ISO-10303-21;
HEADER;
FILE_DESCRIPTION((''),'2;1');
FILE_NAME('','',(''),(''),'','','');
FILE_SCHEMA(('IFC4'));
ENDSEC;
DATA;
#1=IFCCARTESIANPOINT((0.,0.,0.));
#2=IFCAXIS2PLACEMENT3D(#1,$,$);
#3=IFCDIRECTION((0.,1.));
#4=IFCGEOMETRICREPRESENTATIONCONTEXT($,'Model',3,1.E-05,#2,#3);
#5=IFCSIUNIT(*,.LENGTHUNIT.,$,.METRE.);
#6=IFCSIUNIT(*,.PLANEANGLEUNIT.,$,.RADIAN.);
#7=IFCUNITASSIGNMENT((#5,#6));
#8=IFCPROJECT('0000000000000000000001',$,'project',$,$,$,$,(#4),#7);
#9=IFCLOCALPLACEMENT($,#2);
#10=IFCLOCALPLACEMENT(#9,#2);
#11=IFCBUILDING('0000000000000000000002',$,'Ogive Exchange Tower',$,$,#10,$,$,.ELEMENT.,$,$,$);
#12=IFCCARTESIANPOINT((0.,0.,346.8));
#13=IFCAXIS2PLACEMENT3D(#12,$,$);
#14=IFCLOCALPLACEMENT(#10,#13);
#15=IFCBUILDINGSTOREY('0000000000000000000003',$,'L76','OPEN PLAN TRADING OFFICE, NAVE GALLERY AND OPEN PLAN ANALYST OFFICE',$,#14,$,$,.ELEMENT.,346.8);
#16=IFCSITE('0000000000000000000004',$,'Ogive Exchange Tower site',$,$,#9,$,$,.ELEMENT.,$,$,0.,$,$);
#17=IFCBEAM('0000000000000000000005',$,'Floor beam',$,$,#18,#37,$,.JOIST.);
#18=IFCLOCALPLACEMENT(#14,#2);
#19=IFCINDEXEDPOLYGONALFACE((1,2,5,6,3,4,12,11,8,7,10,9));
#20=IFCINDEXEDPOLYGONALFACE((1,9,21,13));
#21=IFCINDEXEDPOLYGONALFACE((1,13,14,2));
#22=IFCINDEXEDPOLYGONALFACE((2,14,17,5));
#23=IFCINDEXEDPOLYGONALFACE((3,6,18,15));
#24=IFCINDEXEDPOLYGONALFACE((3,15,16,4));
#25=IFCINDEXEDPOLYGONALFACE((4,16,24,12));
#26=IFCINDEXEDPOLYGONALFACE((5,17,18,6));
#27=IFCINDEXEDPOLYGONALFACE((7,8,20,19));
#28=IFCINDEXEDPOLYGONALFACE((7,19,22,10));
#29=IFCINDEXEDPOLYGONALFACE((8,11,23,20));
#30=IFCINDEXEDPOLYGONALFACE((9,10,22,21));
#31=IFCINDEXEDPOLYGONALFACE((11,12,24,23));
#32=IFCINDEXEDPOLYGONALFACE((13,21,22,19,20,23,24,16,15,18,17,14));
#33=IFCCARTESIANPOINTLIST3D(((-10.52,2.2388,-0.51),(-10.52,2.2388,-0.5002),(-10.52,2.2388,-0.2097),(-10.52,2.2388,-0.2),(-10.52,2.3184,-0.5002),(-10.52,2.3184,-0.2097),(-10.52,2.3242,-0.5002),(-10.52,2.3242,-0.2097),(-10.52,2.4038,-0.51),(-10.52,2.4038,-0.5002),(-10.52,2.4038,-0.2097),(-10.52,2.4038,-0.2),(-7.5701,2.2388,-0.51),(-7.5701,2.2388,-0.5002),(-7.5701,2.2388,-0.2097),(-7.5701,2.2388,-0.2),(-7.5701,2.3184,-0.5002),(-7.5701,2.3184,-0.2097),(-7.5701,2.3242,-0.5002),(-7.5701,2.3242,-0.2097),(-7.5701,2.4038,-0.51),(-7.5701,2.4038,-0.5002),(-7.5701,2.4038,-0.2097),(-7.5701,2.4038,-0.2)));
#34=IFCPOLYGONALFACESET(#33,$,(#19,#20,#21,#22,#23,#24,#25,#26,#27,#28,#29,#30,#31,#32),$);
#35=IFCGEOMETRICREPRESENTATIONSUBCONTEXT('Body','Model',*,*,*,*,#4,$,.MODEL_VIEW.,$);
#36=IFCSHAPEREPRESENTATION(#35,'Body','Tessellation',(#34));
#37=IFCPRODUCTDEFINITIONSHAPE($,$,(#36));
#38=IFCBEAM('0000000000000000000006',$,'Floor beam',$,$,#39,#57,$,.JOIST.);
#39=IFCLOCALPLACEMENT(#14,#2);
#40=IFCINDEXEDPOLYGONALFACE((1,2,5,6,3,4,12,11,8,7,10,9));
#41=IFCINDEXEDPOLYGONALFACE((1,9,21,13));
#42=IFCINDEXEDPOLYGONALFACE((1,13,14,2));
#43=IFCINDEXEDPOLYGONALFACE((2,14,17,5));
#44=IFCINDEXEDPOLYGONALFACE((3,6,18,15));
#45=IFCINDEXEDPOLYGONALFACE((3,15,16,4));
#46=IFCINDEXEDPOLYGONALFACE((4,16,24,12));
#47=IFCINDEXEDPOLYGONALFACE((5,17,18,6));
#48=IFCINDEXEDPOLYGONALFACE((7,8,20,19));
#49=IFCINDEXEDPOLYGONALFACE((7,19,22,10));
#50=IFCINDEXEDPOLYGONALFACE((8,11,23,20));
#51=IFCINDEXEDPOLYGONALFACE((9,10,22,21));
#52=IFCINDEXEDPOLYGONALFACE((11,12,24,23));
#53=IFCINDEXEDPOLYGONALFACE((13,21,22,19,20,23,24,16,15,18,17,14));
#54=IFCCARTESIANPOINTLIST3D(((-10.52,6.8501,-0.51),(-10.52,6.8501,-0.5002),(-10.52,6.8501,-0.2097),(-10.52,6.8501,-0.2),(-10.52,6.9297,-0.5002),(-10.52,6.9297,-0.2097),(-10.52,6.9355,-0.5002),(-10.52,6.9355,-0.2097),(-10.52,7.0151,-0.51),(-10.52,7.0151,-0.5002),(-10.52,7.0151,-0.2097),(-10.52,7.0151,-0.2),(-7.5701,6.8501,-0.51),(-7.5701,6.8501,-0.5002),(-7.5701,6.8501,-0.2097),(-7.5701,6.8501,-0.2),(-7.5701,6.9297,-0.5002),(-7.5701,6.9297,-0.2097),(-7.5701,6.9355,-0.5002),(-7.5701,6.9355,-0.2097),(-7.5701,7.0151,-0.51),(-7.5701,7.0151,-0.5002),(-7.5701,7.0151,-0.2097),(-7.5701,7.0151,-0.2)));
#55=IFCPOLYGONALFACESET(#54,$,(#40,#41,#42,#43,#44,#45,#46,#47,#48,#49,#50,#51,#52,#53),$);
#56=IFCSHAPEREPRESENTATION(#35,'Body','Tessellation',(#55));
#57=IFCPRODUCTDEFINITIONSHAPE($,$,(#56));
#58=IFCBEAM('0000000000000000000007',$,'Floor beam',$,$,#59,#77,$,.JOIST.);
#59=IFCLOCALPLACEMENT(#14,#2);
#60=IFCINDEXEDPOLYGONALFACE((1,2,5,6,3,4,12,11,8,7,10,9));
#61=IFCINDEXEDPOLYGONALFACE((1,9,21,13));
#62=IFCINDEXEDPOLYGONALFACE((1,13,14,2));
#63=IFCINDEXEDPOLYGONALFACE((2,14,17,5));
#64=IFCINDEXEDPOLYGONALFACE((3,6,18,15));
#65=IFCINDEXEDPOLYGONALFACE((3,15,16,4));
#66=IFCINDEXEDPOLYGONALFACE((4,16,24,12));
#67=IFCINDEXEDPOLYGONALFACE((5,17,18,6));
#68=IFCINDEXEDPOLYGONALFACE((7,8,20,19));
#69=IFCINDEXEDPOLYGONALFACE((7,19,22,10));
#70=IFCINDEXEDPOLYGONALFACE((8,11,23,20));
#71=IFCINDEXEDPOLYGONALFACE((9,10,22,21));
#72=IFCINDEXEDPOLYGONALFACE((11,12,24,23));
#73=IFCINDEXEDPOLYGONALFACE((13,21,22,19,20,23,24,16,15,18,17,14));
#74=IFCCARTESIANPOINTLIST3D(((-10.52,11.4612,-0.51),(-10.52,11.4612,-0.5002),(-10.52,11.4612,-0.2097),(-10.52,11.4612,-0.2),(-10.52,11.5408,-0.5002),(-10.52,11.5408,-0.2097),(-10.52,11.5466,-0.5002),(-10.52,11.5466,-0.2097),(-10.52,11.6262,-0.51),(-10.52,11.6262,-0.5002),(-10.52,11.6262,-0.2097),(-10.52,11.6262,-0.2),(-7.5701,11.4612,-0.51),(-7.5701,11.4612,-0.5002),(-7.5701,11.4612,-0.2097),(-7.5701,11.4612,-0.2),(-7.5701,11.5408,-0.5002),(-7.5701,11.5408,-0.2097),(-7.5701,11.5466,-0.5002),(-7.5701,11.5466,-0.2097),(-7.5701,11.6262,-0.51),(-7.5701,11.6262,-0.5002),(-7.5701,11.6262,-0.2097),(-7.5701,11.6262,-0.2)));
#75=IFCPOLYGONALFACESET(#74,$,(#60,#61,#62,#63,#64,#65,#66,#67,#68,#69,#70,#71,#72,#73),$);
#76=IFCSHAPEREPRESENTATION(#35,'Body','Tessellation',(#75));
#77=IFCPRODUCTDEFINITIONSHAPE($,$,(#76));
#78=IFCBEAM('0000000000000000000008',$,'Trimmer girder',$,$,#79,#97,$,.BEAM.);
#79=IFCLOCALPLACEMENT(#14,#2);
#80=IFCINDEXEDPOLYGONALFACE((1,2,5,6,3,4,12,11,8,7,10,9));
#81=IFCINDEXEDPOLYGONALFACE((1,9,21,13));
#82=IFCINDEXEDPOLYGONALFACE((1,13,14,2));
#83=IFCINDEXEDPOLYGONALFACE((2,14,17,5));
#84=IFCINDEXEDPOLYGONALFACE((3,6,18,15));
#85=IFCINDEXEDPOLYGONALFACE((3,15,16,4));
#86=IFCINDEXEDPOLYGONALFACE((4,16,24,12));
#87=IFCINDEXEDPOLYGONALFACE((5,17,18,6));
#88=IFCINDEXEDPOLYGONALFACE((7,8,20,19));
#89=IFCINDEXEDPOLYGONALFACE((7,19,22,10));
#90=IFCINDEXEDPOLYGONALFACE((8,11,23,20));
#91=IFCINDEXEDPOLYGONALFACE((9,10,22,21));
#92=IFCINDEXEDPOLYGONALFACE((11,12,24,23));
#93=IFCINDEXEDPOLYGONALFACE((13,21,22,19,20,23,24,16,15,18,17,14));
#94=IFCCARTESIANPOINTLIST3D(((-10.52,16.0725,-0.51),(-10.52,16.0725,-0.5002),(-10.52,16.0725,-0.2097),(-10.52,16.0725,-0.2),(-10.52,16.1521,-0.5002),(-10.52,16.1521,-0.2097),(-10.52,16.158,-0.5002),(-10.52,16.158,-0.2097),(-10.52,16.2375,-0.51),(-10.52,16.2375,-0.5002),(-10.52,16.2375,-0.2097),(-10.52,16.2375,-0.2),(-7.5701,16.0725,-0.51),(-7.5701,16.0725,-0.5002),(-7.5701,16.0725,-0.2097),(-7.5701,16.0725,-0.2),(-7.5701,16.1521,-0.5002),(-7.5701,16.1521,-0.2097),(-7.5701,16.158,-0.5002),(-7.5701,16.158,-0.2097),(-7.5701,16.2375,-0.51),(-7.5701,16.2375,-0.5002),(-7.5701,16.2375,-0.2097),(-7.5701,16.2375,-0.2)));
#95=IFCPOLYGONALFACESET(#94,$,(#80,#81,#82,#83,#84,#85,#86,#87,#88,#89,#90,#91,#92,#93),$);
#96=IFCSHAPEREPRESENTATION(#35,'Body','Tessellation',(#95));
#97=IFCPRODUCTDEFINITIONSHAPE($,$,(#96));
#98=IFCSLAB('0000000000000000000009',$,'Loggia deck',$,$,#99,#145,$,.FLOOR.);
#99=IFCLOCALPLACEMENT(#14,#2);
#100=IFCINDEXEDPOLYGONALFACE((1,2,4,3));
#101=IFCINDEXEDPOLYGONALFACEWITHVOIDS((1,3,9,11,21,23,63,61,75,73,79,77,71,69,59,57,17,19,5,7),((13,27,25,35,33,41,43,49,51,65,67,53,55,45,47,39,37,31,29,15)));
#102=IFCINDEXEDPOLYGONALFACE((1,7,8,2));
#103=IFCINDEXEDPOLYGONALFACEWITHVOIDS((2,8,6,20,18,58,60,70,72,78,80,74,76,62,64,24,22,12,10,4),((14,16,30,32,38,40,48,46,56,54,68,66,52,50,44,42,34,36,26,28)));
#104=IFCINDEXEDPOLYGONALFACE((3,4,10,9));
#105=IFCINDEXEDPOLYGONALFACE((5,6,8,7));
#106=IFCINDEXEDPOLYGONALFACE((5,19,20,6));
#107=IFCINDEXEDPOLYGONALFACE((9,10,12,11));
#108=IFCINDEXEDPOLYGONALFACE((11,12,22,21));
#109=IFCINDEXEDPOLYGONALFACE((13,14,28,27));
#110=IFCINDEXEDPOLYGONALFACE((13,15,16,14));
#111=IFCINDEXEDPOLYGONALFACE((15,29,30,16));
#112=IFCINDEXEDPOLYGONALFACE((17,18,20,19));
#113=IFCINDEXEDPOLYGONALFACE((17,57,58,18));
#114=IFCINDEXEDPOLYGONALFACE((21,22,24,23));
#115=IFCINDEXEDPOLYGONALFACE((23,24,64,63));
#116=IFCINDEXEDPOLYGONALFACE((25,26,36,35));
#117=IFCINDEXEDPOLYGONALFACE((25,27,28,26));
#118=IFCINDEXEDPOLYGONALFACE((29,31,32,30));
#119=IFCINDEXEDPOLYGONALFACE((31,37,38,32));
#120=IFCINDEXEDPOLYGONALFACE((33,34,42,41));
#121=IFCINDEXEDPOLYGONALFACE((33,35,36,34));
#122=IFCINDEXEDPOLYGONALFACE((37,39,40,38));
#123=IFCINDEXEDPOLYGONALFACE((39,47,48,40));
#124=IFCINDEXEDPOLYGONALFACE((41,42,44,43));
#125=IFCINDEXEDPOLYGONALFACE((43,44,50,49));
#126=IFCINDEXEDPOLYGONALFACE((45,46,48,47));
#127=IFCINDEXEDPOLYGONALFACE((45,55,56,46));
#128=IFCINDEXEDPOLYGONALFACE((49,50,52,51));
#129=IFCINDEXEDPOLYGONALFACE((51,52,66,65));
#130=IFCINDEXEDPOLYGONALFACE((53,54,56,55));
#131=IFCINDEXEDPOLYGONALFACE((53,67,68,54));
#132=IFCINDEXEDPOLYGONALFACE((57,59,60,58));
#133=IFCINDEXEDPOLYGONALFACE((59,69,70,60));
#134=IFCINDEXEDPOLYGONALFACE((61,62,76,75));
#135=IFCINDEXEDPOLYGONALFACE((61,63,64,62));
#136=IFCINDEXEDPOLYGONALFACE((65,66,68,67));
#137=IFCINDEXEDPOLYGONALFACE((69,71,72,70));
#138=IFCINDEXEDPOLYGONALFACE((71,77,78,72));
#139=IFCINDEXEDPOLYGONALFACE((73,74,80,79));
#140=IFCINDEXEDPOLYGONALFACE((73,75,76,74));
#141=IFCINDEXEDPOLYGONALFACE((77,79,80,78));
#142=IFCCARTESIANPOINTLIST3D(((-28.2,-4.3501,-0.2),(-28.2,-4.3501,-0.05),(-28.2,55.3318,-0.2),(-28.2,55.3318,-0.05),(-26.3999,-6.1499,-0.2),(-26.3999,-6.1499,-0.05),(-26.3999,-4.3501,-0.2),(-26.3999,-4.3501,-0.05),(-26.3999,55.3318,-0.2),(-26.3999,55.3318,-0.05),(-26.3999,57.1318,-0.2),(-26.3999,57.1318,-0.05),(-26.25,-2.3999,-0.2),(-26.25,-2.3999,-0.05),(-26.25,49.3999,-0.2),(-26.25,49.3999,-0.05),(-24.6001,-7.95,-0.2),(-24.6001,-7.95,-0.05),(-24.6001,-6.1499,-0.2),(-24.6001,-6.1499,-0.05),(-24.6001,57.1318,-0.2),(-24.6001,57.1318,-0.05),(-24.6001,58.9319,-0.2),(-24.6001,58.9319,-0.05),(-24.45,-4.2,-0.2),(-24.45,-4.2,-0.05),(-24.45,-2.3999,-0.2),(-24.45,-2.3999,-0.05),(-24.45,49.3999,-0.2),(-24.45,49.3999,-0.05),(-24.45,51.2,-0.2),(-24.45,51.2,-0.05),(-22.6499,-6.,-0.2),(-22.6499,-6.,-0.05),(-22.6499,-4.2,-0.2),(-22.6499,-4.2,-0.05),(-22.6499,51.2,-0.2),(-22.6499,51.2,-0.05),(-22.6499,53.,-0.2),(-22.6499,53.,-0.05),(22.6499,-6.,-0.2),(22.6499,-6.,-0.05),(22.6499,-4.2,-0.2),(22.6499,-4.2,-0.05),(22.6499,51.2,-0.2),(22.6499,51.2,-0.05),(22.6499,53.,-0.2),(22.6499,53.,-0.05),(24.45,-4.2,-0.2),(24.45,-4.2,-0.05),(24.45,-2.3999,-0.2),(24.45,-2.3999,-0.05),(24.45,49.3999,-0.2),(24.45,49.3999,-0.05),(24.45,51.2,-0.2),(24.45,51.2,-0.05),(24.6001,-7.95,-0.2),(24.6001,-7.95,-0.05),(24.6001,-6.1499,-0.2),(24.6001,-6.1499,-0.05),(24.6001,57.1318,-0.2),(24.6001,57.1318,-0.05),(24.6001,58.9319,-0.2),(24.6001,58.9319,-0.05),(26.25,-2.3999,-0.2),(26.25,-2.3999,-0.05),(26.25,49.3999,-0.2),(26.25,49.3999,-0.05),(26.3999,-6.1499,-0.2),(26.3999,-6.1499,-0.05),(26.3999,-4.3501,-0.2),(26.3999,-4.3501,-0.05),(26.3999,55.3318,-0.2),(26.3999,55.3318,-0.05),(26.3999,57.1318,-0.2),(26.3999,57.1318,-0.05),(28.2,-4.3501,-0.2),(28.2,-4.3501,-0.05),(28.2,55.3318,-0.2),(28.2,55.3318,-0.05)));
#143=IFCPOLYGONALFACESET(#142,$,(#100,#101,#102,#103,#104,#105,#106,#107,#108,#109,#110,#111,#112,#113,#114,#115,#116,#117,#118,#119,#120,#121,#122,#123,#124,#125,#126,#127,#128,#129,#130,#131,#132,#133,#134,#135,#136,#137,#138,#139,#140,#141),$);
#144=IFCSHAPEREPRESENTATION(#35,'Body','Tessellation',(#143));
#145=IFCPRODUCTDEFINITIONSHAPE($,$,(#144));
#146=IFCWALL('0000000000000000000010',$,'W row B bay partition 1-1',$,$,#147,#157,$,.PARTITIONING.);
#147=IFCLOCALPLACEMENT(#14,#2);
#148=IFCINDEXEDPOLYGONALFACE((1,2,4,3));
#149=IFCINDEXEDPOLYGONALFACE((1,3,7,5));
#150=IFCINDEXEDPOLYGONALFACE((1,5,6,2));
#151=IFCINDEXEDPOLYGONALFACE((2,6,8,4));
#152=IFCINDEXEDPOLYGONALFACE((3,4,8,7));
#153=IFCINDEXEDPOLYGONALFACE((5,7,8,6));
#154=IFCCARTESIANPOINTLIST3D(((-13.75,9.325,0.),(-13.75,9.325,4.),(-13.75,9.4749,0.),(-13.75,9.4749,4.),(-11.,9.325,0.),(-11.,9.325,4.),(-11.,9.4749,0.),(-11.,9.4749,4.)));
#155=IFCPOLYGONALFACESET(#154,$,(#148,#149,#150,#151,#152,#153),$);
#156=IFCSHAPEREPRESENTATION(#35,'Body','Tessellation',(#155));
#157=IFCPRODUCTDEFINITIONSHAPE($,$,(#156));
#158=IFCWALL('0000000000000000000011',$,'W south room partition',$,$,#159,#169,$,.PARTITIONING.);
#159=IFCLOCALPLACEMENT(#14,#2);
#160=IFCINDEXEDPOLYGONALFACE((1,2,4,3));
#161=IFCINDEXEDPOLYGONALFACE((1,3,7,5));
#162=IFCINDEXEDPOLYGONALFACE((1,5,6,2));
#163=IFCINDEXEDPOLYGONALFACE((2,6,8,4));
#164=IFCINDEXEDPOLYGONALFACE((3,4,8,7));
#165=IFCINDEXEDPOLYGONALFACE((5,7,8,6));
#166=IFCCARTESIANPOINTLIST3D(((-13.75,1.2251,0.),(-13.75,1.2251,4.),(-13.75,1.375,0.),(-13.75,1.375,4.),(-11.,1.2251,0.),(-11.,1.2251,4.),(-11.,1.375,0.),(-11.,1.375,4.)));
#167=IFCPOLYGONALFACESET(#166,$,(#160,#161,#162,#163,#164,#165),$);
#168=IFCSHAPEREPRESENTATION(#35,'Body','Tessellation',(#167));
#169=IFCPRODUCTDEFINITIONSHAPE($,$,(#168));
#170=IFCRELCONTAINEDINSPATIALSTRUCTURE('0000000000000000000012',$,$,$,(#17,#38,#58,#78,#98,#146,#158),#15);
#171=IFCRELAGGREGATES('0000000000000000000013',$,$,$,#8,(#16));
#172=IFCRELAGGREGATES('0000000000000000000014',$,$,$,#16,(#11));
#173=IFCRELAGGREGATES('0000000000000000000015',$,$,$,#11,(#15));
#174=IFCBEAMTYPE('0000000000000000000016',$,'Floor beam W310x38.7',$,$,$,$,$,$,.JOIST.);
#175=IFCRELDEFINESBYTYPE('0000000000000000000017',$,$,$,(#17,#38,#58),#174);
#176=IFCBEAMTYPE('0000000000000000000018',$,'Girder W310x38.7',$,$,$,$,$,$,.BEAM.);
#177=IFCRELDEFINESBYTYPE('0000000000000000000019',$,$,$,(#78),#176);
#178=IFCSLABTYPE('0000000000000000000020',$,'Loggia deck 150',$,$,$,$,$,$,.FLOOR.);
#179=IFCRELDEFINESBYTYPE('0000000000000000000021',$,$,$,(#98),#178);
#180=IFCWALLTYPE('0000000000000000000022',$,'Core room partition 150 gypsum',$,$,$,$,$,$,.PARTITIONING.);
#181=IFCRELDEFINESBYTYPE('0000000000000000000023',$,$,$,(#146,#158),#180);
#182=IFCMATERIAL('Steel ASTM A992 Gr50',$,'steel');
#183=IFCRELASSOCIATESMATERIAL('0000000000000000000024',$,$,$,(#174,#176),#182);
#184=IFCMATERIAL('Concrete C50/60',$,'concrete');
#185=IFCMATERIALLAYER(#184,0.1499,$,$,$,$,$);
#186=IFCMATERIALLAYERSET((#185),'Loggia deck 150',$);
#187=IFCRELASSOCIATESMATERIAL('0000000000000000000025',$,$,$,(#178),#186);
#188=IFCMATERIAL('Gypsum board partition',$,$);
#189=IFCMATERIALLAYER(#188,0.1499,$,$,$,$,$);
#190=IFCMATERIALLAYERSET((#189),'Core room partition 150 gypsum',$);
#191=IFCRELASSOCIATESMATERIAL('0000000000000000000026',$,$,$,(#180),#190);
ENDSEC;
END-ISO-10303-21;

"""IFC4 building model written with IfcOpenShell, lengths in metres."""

from ifc_helpers import new_model, si_unit, direction, frame, frame_2d, origin, origin_2d, place, context, subcontext, project, spatial, polyline, rectangle, i_section, outline, extrude, material, layer, layer_set, material_profile, profile_set, type_object, element, save


model = new_model("IFC4")

# Units and contexts
model_context = context("Model", 3, precision=1e-05, world=origin(), true_north=direction((0.0, 1.0)))
body_context = subcontext(model_context, "Body", "Model", "MODEL_VIEW")
ifc_project = project(units=[si_unit("LENGTHUNIT", "METRE"), si_unit("PLANEANGLEUNIT", "RADIAN")], contexts=[model_context])

# Site, building, storey
site_placement = place(None, origin())
site = spatial("IfcSite", under=ifc_project, at=site_placement, Name="Ogive Exchange Tower site", CompositionType="ELEMENT", RefElevation=0.0)
building_placement = place(site_placement, origin())
building = spatial("IfcBuilding", under=site, at=building_placement, Name="Ogive Exchange Tower", CompositionType="ELEMENT")
storey_placement = place(building_placement, frame((0.0, 0.0, 346.8)))
storey = spatial("IfcBuildingStorey", under=building, at=storey_placement, Name="L76", Description="OPEN PLAN TRADING OFFICE, NAVE GALLERY AND OPEN PLAN ANALYST OFFICE", CompositionType="ELEMENT", Elevation=346.8)

# Beams
ifc_material_1 = material(Name="Steel ASTM A992 Gr50", Category="steel")
ifc_material_profile_1 = material_profile(ifc_material_1, i_section(OverallWidth=0.165, OverallDepth=0.3101, WebThickness=0.0059, FlangeThickness=0.0098, at=origin_2d()), Name="W310x38.7")
ifc_profile_set_1 = profile_set([ifc_material_profile_1], Name="Steel ASTM A992 Gr50")
beam_type_1 = type_object("IfcBeamType", Name="Floor beam W310x38.7", PredefinedType="JOIST", material=ifc_profile_set_1)
for number, where, z_axis, x_axis, name in (
    (1, (-10.52, 2.3213, -0.355), (1.0, 0.0, 0.0), (0.0, 1.0, 0.0), "Floor beam"),
    (2, (-10.52, 6.9326, -0.355), (1.0, 0.0, 0.0), (0.0, 1.0, 0.0), "Floor beam"),
    (3, (-10.52, 11.5437, -0.355), (1.0, 0.0, 0.0), (0.0, 1.0, 0.0), "Floor beam"),
):
    element("IfcBeam", number, at=place(storey_placement, frame(where, z_axis=z_axis, x_axis=x_axis)), inside=storey, type_object=beam_type_1, Name=name, PredefinedType="JOIST", context=body_context, shape_type="SweptSolid", body=[
        extrude(i_section(OverallWidth=0.165, OverallDepth=0.3101, WebThickness=0.0059, FlangeThickness=0.0098, at=origin_2d()), origin(), (0.0, 0.0, 1.0), 2.95),
    ])
ifc_material_profile_2 = material_profile(ifc_material_1, i_section(OverallWidth=0.165, OverallDepth=0.3101, WebThickness=0.0059, FlangeThickness=0.0098, at=origin_2d()), Name="W310x38.7")
ifc_profile_set_2 = profile_set([ifc_material_profile_2], Name="Steel ASTM A992 Gr50")
beam_type_2 = type_object("IfcBeamType", Name="Girder W310x38.7", PredefinedType="BEAM", material=ifc_profile_set_2)
beam_placement = place(storey_placement, frame((-10.52, 16.155, -0.355), z_axis=(1.0, 0.0, 0.0), x_axis=(0.0, 1.0, 0.0)))
element("IfcBeam", 4, at=beam_placement, inside=storey, type_object=beam_type_2, Name="Trimmer girder", PredefinedType="BEAM", context=body_context, shape_type="SweptSolid", body=[
    extrude(i_section(OverallWidth=0.165, OverallDepth=0.3101, WebThickness=0.0059, FlangeThickness=0.0098, at=origin_2d()), origin(), (0.0, 0.0, 1.0), 2.95),
])

# Slab
ifc_material_2 = material(Name="Concrete C50/60", Category="concrete")
ifc_layer_1 = layer(ifc_material_2, 0.1499)
ifc_layer_set_1 = layer_set([ifc_layer_1], Name="Loggia deck 150")
slab_type = type_object("IfcSlabType", Name="Loggia deck 150", PredefinedType="FLOOR", material=ifc_layer_set_1)
slab_placement = place(storey_placement, frame((0.0, 0.0, -0.2)))
element("IfcSlab", 5, at=slab_placement, inside=storey, type_object=slab_type, Name="Loggia deck", PredefinedType="FLOOR", context=body_context, shape_type="SweptSolid", body=[
    extrude(outline(polyline([(-24.6001, -6.1499), (-26.3999, -6.1499), (-26.3999, -4.3501), (-28.2, -4.3501), (-28.2, 55.3318), (-26.3999, 55.3318), (-26.3999, 57.1318), (-24.6001, 57.1318), (-24.6001, 58.9319), (24.6001, 58.9319), (24.6001, 57.1318), (26.3999, 57.1318), (26.3999, 55.3318), (28.2, 55.3318), (28.2, -4.3501), (26.3999, -4.3501), (26.3999, -6.1499), (24.6001, -6.1499), (24.6001, -7.95), (-24.6001, -7.95), (-24.6001, -6.1499)]), holes=[polyline([(22.6499, -4.2), (24.45, -4.2), (24.45, -2.3999), (26.25, -2.3999), (26.25, 49.3999), (24.45, 49.3999), (24.45, 51.2), (22.6499, 51.2), (22.6499, 53.0), (-22.6499, 53.0), (-22.6499, 51.2), (-24.45, 51.2), (-24.45, 49.3999), (-26.25, 49.3999), (-26.25, -2.3999), (-24.45, -2.3999), (-24.45, -4.2), (-22.6499, -4.2), (-22.6499, -6.0), (22.6499, -6.0), (22.6499, -4.2)])]), origin(), (0.0, 0.0, 1.0), 0.1499),
])

# Walls
ifc_material_3 = material(Name="Gypsum board partition")
ifc_layer_2 = layer(ifc_material_3, 0.1499)
ifc_layer_set_2 = layer_set([ifc_layer_2], Name="Core room partition 150 gypsum")
wall_type_1 = type_object("IfcWallType", Name="Core room partition 150 gypsum", PredefinedType="PARTITIONING", material=ifc_layer_set_2)
for number, where, z_axis, x_axis, name in (
    (6, (-13.75, 9.3999, 0.0), (0.0, 0.0, 1.0), (1.0, 0.0, 0.0), "W row B bay partition 1-1"),
    (7, (-13.75, 1.3, 0.0), (0.0, 0.0, 1.0), (1.0, 0.0, 0.0), "W south room partition"),
):
    element("IfcWall", number, at=place(storey_placement, frame(where, z_axis=z_axis, x_axis=x_axis)), inside=storey, type_object=wall_type_1, Name=name, PredefinedType="PARTITIONING", context=body_context, shape_type="SweptSolid", body=[
        extrude(rectangle(XDim=2.75, YDim=0.1499, at=frame_2d((1.375, 0.0))), origin(), (0.0, 0.0, 1.0), 4.0),
    ])

save(model, "model.ifc")
